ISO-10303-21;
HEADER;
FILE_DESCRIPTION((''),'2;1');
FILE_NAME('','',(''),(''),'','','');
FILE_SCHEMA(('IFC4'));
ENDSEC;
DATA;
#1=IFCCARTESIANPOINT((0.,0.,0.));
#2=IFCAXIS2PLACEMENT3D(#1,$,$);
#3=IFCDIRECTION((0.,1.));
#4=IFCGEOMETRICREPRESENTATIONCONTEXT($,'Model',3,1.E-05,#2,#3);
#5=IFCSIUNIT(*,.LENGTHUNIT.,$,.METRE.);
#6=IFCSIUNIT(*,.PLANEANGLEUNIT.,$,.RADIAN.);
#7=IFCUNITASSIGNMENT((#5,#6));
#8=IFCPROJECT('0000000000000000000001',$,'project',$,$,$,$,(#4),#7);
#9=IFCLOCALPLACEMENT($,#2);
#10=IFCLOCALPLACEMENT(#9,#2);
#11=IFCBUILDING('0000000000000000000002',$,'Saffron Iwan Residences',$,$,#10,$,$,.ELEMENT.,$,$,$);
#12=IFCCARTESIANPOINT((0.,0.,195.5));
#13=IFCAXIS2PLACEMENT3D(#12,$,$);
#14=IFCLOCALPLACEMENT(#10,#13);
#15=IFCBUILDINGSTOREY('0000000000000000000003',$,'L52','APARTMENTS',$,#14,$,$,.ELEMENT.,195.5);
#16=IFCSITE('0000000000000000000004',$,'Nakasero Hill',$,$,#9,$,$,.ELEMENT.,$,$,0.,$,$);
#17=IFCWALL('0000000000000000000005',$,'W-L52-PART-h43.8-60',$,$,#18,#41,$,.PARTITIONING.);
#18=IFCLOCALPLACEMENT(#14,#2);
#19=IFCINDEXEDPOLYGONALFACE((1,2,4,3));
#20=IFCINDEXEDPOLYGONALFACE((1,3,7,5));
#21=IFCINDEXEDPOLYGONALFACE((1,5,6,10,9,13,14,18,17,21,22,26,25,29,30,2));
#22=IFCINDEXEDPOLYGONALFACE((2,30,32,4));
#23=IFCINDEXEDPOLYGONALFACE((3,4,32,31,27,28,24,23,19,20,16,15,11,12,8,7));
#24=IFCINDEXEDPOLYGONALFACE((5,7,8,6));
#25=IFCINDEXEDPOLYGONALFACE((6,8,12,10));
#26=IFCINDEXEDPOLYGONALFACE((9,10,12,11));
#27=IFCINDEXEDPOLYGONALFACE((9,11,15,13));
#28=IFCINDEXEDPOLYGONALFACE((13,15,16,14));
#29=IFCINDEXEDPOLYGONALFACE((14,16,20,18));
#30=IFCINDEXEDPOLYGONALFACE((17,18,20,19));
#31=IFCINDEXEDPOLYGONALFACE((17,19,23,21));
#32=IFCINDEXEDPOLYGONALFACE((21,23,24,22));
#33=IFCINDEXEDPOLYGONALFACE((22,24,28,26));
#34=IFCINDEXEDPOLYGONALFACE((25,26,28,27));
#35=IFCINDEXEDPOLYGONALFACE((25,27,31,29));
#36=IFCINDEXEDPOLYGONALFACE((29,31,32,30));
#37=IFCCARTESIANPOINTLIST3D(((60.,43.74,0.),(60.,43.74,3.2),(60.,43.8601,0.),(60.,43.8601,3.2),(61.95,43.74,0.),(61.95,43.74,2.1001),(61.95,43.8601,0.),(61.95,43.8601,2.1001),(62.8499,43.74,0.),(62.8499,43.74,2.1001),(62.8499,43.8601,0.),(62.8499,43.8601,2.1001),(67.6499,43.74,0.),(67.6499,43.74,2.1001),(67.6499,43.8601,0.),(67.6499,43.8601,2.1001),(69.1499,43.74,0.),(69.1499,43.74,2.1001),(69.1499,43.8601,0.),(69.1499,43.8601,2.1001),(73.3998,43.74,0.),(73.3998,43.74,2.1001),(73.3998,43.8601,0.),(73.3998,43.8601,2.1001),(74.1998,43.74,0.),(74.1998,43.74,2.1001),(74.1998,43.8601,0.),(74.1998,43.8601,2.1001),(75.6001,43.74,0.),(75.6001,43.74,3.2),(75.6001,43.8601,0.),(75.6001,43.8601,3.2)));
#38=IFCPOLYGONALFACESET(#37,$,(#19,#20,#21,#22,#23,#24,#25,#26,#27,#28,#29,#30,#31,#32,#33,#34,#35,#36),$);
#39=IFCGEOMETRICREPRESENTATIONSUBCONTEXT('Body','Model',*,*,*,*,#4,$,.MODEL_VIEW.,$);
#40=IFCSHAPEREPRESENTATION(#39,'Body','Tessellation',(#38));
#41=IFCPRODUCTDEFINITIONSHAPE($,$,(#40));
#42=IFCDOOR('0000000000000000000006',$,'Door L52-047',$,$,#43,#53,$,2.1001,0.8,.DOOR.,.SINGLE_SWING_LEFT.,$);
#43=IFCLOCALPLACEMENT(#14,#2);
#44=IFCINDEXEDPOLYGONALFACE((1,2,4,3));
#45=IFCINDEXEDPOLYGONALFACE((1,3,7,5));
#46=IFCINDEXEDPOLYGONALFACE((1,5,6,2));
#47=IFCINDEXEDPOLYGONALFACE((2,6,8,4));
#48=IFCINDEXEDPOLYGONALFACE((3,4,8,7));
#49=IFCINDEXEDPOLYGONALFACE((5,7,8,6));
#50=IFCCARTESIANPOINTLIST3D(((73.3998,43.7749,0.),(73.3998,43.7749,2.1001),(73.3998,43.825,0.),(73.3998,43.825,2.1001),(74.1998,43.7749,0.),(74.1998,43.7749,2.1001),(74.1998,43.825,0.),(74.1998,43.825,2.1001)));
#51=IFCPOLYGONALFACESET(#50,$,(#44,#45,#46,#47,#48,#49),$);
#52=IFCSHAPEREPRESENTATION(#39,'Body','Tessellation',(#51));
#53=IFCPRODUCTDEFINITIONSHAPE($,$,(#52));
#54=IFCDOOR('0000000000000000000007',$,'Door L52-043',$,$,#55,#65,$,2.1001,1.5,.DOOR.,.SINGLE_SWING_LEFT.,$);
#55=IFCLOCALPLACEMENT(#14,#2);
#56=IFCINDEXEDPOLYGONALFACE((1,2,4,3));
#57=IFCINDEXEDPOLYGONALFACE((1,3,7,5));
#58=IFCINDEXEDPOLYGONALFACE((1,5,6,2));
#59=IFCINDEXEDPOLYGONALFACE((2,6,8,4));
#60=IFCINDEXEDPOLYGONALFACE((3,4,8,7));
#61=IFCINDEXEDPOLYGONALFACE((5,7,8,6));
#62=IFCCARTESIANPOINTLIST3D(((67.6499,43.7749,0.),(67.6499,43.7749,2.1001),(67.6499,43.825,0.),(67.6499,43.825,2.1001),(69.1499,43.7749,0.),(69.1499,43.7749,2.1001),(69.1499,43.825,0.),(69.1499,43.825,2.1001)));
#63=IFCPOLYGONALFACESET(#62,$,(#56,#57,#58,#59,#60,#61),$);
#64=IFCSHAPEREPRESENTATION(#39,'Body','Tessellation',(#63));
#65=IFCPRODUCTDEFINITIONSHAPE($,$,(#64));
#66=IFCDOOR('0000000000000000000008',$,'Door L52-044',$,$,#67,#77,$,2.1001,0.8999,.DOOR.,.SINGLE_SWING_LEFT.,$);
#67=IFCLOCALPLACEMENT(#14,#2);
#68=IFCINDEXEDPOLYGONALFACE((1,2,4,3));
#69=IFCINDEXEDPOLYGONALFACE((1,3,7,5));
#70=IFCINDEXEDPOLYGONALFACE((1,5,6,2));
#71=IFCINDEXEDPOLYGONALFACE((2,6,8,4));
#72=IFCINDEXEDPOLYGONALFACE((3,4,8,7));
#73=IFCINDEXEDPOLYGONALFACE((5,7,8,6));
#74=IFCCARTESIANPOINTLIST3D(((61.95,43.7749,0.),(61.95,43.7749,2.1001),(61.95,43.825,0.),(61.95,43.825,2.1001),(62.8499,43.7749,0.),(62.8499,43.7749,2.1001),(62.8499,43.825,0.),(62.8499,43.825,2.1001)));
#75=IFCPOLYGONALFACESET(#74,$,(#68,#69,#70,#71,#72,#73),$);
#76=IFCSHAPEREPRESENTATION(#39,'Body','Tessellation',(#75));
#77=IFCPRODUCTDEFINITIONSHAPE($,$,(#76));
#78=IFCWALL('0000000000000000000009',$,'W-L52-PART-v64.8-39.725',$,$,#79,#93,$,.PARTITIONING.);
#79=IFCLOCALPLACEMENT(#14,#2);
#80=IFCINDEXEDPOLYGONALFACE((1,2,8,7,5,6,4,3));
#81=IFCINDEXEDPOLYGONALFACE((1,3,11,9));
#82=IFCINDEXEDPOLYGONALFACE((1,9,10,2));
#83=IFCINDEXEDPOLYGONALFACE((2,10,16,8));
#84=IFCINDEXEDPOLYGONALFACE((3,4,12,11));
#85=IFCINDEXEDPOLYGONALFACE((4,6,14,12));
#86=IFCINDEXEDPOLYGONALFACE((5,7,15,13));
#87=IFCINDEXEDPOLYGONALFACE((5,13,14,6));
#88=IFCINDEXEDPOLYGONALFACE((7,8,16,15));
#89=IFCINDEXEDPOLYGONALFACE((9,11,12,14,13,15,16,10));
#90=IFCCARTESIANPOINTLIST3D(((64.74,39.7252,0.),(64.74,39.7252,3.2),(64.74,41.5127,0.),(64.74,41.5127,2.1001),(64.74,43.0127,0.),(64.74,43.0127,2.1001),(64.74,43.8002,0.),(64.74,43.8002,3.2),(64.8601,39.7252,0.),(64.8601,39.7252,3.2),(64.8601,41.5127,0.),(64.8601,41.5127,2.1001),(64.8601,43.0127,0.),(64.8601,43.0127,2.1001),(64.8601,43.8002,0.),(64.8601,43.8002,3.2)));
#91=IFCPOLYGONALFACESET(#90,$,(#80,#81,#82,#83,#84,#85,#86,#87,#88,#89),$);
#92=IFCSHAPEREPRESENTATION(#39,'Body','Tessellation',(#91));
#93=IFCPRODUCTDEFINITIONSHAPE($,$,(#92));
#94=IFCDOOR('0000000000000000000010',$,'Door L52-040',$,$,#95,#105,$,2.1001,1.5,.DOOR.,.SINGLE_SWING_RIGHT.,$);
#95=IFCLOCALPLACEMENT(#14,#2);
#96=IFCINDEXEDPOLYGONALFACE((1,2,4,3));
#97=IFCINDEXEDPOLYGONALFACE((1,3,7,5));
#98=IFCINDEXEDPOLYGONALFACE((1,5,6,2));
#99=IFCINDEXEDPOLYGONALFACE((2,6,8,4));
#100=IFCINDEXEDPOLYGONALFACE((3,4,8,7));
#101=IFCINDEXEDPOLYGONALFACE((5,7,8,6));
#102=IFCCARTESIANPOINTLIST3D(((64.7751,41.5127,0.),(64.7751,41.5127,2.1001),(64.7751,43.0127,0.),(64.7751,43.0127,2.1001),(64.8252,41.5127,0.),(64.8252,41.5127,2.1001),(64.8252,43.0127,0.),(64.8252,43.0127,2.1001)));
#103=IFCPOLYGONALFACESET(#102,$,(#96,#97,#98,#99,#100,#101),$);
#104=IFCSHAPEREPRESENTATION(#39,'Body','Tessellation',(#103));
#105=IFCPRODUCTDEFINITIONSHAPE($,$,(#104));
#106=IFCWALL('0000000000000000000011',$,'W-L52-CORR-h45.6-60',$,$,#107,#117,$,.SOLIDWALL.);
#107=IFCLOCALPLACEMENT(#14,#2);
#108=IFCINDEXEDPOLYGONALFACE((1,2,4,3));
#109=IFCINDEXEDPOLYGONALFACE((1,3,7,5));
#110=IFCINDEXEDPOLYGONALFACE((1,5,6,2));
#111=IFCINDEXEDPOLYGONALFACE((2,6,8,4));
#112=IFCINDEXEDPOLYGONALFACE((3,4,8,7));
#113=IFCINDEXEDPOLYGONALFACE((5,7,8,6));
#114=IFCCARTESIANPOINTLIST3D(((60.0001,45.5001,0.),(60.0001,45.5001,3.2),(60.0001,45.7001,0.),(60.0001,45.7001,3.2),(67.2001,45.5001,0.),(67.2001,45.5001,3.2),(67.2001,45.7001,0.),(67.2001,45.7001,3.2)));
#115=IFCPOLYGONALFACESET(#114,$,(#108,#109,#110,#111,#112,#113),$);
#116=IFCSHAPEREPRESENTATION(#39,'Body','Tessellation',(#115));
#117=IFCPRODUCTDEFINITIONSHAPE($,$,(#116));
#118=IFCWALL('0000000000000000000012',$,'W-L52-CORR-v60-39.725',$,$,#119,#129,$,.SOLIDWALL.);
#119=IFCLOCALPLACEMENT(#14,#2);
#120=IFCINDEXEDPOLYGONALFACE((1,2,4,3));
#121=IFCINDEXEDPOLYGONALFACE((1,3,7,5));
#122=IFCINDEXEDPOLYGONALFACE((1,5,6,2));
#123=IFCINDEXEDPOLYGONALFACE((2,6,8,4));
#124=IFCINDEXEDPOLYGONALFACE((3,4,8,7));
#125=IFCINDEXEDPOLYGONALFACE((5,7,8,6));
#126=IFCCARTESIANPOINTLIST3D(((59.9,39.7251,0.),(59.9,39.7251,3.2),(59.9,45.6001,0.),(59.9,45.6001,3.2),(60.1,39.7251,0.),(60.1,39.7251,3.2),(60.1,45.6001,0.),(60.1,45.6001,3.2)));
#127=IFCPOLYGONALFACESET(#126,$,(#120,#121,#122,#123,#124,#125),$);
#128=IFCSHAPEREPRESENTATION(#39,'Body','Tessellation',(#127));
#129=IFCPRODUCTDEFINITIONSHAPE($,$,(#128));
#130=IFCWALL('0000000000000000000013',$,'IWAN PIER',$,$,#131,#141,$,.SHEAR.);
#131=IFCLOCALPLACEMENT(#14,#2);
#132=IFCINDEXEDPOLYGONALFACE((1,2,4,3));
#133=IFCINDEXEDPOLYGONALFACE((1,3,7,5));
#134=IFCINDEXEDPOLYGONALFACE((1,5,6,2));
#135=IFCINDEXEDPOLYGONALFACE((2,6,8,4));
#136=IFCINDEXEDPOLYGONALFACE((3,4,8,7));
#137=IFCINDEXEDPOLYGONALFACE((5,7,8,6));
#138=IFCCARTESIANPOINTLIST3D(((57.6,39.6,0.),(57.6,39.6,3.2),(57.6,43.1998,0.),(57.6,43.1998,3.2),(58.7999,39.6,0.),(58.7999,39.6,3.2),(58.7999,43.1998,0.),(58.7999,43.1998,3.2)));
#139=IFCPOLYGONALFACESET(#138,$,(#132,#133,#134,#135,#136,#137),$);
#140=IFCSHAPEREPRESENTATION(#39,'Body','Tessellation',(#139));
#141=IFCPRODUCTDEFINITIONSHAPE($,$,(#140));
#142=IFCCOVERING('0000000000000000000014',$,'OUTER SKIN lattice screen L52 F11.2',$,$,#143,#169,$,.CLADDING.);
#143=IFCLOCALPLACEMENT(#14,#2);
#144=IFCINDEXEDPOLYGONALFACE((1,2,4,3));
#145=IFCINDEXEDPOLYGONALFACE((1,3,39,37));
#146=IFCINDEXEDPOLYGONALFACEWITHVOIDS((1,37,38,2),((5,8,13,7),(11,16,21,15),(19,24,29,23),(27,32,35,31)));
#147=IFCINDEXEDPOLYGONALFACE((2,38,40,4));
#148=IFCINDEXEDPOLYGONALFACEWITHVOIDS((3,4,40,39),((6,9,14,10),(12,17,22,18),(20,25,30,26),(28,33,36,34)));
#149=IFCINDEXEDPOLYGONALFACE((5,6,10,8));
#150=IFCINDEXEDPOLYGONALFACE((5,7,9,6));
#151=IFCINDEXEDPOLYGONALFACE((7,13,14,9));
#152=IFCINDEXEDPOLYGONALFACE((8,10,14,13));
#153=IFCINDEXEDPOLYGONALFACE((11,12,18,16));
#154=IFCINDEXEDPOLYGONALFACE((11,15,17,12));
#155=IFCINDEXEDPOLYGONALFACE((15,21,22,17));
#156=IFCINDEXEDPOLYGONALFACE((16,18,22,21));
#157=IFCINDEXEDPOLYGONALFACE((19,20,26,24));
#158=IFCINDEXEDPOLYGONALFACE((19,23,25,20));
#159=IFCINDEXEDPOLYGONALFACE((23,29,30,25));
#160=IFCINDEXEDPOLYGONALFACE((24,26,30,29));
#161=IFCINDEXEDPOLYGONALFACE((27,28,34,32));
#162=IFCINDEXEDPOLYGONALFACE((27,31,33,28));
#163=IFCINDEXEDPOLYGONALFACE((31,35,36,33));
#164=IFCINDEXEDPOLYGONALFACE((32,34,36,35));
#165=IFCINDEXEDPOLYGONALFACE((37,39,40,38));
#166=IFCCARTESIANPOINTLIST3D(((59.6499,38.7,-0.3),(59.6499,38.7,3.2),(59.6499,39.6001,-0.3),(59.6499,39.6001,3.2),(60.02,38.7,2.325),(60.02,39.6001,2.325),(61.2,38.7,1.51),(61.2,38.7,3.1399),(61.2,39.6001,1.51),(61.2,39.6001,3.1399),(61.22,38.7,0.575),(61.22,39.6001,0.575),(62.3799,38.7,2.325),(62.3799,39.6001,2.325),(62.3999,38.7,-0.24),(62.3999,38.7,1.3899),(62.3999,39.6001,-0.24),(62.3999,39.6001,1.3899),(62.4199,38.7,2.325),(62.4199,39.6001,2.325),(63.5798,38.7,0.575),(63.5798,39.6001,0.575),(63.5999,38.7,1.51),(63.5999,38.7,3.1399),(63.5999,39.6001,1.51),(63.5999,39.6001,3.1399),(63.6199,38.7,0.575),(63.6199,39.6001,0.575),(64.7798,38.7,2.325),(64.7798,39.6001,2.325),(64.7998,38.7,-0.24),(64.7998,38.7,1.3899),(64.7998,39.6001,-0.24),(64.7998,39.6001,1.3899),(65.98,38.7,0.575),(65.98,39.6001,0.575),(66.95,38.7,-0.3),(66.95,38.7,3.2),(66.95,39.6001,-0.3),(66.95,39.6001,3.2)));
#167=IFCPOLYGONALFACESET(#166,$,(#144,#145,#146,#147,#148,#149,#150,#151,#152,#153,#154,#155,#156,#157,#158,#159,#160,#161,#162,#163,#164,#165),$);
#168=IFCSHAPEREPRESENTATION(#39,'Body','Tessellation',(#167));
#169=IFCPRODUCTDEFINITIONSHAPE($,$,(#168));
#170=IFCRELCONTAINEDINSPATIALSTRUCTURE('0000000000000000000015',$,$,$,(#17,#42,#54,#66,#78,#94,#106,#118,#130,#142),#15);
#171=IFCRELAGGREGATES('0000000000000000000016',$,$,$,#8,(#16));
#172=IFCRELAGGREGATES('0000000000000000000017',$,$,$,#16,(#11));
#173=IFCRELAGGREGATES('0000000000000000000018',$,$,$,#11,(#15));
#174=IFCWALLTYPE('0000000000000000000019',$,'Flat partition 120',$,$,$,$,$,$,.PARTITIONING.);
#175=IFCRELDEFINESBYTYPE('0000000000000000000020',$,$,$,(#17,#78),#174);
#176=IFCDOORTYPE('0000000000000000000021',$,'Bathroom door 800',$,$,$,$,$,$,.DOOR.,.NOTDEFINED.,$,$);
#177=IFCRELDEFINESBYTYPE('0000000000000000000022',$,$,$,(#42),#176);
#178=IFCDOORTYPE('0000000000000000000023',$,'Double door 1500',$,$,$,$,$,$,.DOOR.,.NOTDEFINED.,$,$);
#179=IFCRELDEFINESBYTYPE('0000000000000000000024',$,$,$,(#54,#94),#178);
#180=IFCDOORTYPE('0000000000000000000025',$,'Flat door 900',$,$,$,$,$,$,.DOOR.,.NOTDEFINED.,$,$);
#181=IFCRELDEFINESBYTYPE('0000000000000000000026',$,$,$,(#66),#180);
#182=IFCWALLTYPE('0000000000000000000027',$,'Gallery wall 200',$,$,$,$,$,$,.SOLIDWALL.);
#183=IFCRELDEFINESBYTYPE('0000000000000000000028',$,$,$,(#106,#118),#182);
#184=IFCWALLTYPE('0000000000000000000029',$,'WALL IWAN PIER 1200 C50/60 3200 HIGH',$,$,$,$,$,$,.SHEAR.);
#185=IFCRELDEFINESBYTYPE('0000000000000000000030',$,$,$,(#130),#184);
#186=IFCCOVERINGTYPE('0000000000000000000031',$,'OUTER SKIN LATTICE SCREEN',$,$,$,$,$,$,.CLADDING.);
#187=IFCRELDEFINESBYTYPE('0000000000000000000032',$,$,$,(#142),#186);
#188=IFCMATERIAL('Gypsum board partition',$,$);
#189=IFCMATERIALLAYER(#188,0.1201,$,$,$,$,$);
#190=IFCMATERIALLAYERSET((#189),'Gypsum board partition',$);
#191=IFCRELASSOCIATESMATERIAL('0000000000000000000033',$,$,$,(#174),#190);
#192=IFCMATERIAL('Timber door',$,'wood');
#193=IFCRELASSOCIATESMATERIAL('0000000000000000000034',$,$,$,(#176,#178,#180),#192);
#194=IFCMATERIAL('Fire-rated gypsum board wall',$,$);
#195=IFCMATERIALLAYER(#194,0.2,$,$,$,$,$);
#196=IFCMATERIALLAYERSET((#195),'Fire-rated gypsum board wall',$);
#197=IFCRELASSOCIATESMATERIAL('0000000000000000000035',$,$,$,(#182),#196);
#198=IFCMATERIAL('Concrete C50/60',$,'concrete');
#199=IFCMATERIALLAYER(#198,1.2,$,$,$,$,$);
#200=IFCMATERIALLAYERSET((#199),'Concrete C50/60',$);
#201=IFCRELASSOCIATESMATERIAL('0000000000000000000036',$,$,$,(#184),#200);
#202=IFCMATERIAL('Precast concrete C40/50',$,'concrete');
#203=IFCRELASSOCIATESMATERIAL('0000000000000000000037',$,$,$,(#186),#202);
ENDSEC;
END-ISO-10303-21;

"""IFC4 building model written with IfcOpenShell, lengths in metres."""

from ifc_helpers import new_model, si_unit, direction, frame, frame_2d, origin, place, context, subcontext, project, spatial, polyline, rectangle, outline, extrude, material, layer, layer_set, type_object, element, fill, save


model = new_model("IFC4")

# Units and contexts
model_context = context("Model", 3, precision=1e-05, world=origin(), true_north=direction((0.0, 1.0)))
body_context = subcontext(model_context, "Body", "Model", "MODEL_VIEW")
ifc_project = project(units=[si_unit("LENGTHUNIT", "METRE"), si_unit("PLANEANGLEUNIT", "RADIAN")], contexts=[model_context])

# Site, building, storey
site_placement = place(None, origin())
site = spatial("IfcSite", under=ifc_project, at=site_placement, Name="Nakasero Hill", CompositionType="ELEMENT", RefElevation=0.0)
building_placement = place(site_placement, origin())
building = spatial("IfcBuilding", under=site, at=building_placement, Name="Saffron Iwan Residences", CompositionType="ELEMENT")
storey_placement = place(building_placement, frame((0.0, 0.0, 195.5)))
storey = spatial("IfcBuildingStorey", under=building, at=storey_placement, Name="L52", Description="APARTMENTS", CompositionType="ELEMENT", Elevation=195.5)

# Shared definitions
ifc_material_1 = material(Name="Concrete C50/60", Category="concrete")

# Wall, openings, doors
ifc_material_2 = material(Name="Gypsum board partition")
ifc_layer_1 = layer(ifc_material_2, 0.1201)
ifc_layer_set_1 = layer_set([ifc_layer_1], Name="Gypsum board partition")
wall_type_1 = type_object("IfcWallType", Name="Flat partition 120", PredefinedType="PARTITIONING", material=ifc_layer_set_1)
wall_1_placement = place(storey_placement, frame((60.0, 43.8, 0.0), z_axis=(0.0, 0.0, 1.0), x_axis=(1.0, 0.0, 0.0)))
wall_1 = element("IfcWall", 1, at=wall_1_placement, inside=storey, type_object=wall_type_1, Name="W-L52-PART-h43.8-60", PredefinedType="PARTITIONING", context=body_context, shape_type="SweptSolid", body=[
    extrude(rectangle(XDim=15.6001, YDim=0.1201, at=frame_2d((7.8, 0.0))), origin(), (0.0, 0.0, 1.0), 3.2),
])
opening_1_placement = place(wall_1_placement, frame((7.6499, 0.0, 0.0)))
opening_1 = element("IfcOpeningElement", 2, at=opening_1_placement, cuts=wall_1, PredefinedType="OPENING", context=body_context, shape_type="SweptSolid", body=[
    extrude(rectangle(XDim=1.5, YDim=2.1001, at=frame_2d((0.75, 1.05))), frame((0.0, 0.0701, 0.0), z_axis=(0.0, -1.0, 0.0), x_axis=(1.0, 0.0, 0.0)), (0.0, 0.0, 1.0), 0.1401),
])
opening_2_placement = place(wall_1_placement, frame((1.95, 0.0, 0.0)))
opening_2 = element("IfcOpeningElement", 3, at=opening_2_placement, cuts=wall_1, PredefinedType="OPENING", context=body_context, shape_type="SweptSolid", body=[
    extrude(rectangle(XDim=0.8999, YDim=2.1001, at=frame_2d((0.45, 1.05))), frame((0.0, 0.0701, 0.0), z_axis=(0.0, -1.0, 0.0), x_axis=(1.0, 0.0, 0.0)), (0.0, 0.0, 1.0), 0.1401),
])
opening_3_placement = place(wall_1_placement, frame((13.3999, 0.0, 0.0)))
opening_3 = element("IfcOpeningElement", 4, at=opening_3_placement, cuts=wall_1, PredefinedType="OPENING", context=body_context, shape_type="SweptSolid", body=[
    extrude(rectangle(XDim=0.8, YDim=2.1001, at=frame_2d((0.3999, 1.05))), frame((0.0, 0.0701, 0.0), z_axis=(0.0, -1.0, 0.0), x_axis=(1.0, 0.0, 0.0)), (0.0, 0.0, 1.0), 0.1401),
])
ifc_material_3 = material(Name="Timber door", Category="wood")
door_type_1 = type_object("IfcDoorType", Name="Bathroom door 800", OperationType="NOTDEFINED", PredefinedType="DOOR", material=ifc_material_3)
door_1_placement = place(opening_3_placement, origin())
door_1 = element("IfcDoor", 5, at=door_1_placement, inside=storey, type_object=door_type_1, Name="Door L52-047", OperationType="SINGLE_SWING_LEFT", OverallHeight=2.1001, OverallWidth=0.8, PredefinedType="DOOR", context=body_context, shape_type="SweptSolid", body=[
    extrude(rectangle(XDim=0.8, YDim=2.1001, at=frame_2d((0.3999, 1.05))), frame((0.0, 0.0249, 0.0), z_axis=(0.0, -1.0, 0.0), x_axis=(1.0, 0.0, 0.0)), (0.0, 0.0, 1.0), 0.05),
])
fill(opening_3, door_1)
door_type_2 = type_object("IfcDoorType", Name="Double door 1500", OperationType="NOTDEFINED", PredefinedType="DOOR", material=ifc_material_3)
door_2_placement = place(opening_1_placement, origin())
door_2 = element("IfcDoor", 6, at=door_2_placement, inside=storey, type_object=door_type_2, Name="Door L52-043", OperationType="SINGLE_SWING_LEFT", OverallHeight=2.1001, OverallWidth=1.5, PredefinedType="DOOR", context=body_context, shape_type="SweptSolid", body=[
    extrude(rectangle(XDim=1.5, YDim=2.1001, at=frame_2d((0.75, 1.05))), frame((0.0, 0.0249, 0.0), z_axis=(0.0, -1.0, 0.0), x_axis=(1.0, 0.0, 0.0)), (0.0, 0.0, 1.0), 0.05),
])
fill(opening_1, door_2)
door_type_3 = type_object("IfcDoorType", Name="Flat door 900", OperationType="NOTDEFINED", PredefinedType="DOOR", material=ifc_material_3)
door_3_placement = place(opening_2_placement, origin())
door_3 = element("IfcDoor", 7, at=door_3_placement, inside=storey, type_object=door_type_3, Name="Door L52-044", OperationType="SINGLE_SWING_LEFT", OverallHeight=2.1001, OverallWidth=0.8999, PredefinedType="DOOR", context=body_context, shape_type="SweptSolid", body=[
    extrude(rectangle(XDim=0.8999, YDim=2.1001, at=frame_2d((0.45, 1.05))), frame((0.0, 0.0249, 0.0), z_axis=(0.0, -1.0, 0.0), x_axis=(1.0, 0.0, 0.0)), (0.0, 0.0, 1.0), 0.05),
])
fill(opening_2, door_3)

# Wall, opening, door
wall_2_placement = place(storey_placement, frame((64.8, 39.7251, 0.0), z_axis=(0.0, 0.0, 1.0), x_axis=(0.0, 1.0, 0.0)))
wall_2 = element("IfcWall", 8, at=wall_2_placement, inside=storey, type_object=wall_type_1, Name="W-L52-PART-v64.8-39.725", PredefinedType="PARTITIONING", context=body_context, shape_type="SweptSolid", body=[
    extrude(rectangle(XDim=4.075, YDim=0.1201, at=frame_2d((2.0376, 0.0))), origin(), (0.0, 0.0, 1.0), 3.2),
])
opening_4_placement = place(wall_2_placement, frame((1.7876, 0.0, 0.0)))
opening_4 = element("IfcOpeningElement", 9, at=opening_4_placement, cuts=wall_2, PredefinedType="OPENING", context=body_context, shape_type="SweptSolid", body=[
    extrude(rectangle(XDim=1.5, YDim=2.1001, at=frame_2d((0.75, 1.05))), frame((0.0, 0.0701, 0.0), z_axis=(0.0, -1.0, 0.0), x_axis=(1.0, 0.0, 0.0)), (0.0, 0.0, 1.0), 0.1401),
])
door_4_placement = place(opening_4_placement, origin())
door_4 = element("IfcDoor", 10, at=door_4_placement, inside=storey, type_object=door_type_2, Name="Door L52-040", OperationType="SINGLE_SWING_RIGHT", OverallHeight=2.1001, OverallWidth=1.5, PredefinedType="DOOR", context=body_context, shape_type="SweptSolid", body=[
    extrude(rectangle(XDim=1.5, YDim=2.1001, at=frame_2d((0.75, 1.05))), frame((0.0, 0.0249, 0.0), z_axis=(0.0, -1.0, 0.0), x_axis=(1.0, 0.0, 0.0)), (0.0, 0.0, 1.0), 0.05),
])
fill(opening_4, door_4)

# Walls
ifc_material_4 = material(Name="Fire-rated gypsum board wall")
ifc_layer_2 = layer(ifc_material_4, 0.2)
ifc_layer_set_2 = layer_set([ifc_layer_2], Name="Fire-rated gypsum board wall")
wall_type_2 = type_object("IfcWallType", Name="Gallery wall 200", PredefinedType="SOLIDWALL", material=ifc_layer_set_2)
wall_3_placement = place(storey_placement, frame((60.0, 45.6001, 0.0), z_axis=(0.0, 0.0, 1.0), x_axis=(1.0, 0.0, 0.0)))
element("IfcWall", 11, at=wall_3_placement, inside=storey, type_object=wall_type_2, Name="W-L52-CORR-h45.6-60", PredefinedType="SOLIDWALL", context=body_context, shape_type="SweptSolid", body=[
    extrude(rectangle(XDim=7.2, YDim=0.2, at=frame_2d((3.6001, 0.0))), origin(), (0.0, 0.0, 1.0), 3.2),
])
wall_4_placement = place(storey_placement, frame((60.0, 39.7251, 0.0), z_axis=(0.0, 0.0, 1.0), x_axis=(0.0, 1.0, 0.0)))
element("IfcWall", 12, at=wall_4_placement, inside=storey, type_object=wall_type_2, Name="W-L52-CORR-v60-39.725", PredefinedType="SOLIDWALL", context=body_context, shape_type="SweptSolid", body=[
    extrude(rectangle(XDim=5.875, YDim=0.2, at=frame_2d((2.9375, 0.0))), origin(), (0.0, 0.0, 1.0), 3.2),
])
ifc_layer_3 = layer(ifc_material_1, 1.2)
ifc_layer_set_3 = layer_set([ifc_layer_3], Name="Concrete C50/60")
wall_type_3 = type_object("IfcWallType", Name="WALL IWAN PIER 1200 C50/60 3200 HIGH", PredefinedType="SHEAR", material=ifc_layer_set_3)
wall_5_placement = place(storey_placement, frame((58.2, 39.6001, 0.0), z_axis=(0.0, 0.0, 1.0), x_axis=(0.0, 1.0, 0.0)))
element("IfcWall", 13, at=wall_5_placement, inside=storey, type_object=wall_type_3, Name="IWAN PIER", PredefinedType="SHEAR", context=body_context, shape_type="SweptSolid", body=[
    extrude(rectangle(XDim=3.5999, YDim=1.2, at=frame_2d((1.7998, 0.0))), origin(), (0.0, 0.0, 1.0), 3.2),
])

# Covering
ifc_material_5 = material(Name="Precast concrete C40/50", Category="concrete")
covering_type = type_object("IfcCoveringType", Name="OUTER SKIN LATTICE SCREEN", PredefinedType="CLADDING", material=ifc_material_5)
covering_1_placement = place(storey_placement, frame((59.6499, 39.6001, -0.3), z_axis=(0.0, -1.0, 0.0), x_axis=(1.0, 0.0, 0.0)))
element("IfcCovering", 14, at=covering_1_placement, inside=storey, type_object=covering_type, Name="OUTER SKIN lattice screen L52 F11.2", PredefinedType="CLADDING", context=body_context, shape_type="SweptSolid", body=[
    extrude(outline(polyline([(0.0, 0.0), (7.3, 0.0), (7.3, 3.5), (0.0, 3.5), (0.0, 0.0)]), holes=[polyline([(1.5701, 0.875), (2.75, 0.0601), (3.9299, 0.875), (2.75, 1.6899), (1.5701, 0.875)]), polyline([(3.97, 0.875), (5.1499, 0.0601), (6.3301, 0.875), (5.1499, 1.6899), (3.97, 0.875)]), polyline([(0.3701, 2.625), (1.55, 1.8101), (2.73, 2.625), (1.55, 3.4399), (0.3701, 2.625)]), polyline([(2.77, 2.625), (3.95, 1.8101), (5.1299, 2.625), (3.95, 3.4399), (2.77, 2.625)])]), origin(), (0.0, 0.0, 1.0), 0.9001),
])

save(model, "model.ifc")
